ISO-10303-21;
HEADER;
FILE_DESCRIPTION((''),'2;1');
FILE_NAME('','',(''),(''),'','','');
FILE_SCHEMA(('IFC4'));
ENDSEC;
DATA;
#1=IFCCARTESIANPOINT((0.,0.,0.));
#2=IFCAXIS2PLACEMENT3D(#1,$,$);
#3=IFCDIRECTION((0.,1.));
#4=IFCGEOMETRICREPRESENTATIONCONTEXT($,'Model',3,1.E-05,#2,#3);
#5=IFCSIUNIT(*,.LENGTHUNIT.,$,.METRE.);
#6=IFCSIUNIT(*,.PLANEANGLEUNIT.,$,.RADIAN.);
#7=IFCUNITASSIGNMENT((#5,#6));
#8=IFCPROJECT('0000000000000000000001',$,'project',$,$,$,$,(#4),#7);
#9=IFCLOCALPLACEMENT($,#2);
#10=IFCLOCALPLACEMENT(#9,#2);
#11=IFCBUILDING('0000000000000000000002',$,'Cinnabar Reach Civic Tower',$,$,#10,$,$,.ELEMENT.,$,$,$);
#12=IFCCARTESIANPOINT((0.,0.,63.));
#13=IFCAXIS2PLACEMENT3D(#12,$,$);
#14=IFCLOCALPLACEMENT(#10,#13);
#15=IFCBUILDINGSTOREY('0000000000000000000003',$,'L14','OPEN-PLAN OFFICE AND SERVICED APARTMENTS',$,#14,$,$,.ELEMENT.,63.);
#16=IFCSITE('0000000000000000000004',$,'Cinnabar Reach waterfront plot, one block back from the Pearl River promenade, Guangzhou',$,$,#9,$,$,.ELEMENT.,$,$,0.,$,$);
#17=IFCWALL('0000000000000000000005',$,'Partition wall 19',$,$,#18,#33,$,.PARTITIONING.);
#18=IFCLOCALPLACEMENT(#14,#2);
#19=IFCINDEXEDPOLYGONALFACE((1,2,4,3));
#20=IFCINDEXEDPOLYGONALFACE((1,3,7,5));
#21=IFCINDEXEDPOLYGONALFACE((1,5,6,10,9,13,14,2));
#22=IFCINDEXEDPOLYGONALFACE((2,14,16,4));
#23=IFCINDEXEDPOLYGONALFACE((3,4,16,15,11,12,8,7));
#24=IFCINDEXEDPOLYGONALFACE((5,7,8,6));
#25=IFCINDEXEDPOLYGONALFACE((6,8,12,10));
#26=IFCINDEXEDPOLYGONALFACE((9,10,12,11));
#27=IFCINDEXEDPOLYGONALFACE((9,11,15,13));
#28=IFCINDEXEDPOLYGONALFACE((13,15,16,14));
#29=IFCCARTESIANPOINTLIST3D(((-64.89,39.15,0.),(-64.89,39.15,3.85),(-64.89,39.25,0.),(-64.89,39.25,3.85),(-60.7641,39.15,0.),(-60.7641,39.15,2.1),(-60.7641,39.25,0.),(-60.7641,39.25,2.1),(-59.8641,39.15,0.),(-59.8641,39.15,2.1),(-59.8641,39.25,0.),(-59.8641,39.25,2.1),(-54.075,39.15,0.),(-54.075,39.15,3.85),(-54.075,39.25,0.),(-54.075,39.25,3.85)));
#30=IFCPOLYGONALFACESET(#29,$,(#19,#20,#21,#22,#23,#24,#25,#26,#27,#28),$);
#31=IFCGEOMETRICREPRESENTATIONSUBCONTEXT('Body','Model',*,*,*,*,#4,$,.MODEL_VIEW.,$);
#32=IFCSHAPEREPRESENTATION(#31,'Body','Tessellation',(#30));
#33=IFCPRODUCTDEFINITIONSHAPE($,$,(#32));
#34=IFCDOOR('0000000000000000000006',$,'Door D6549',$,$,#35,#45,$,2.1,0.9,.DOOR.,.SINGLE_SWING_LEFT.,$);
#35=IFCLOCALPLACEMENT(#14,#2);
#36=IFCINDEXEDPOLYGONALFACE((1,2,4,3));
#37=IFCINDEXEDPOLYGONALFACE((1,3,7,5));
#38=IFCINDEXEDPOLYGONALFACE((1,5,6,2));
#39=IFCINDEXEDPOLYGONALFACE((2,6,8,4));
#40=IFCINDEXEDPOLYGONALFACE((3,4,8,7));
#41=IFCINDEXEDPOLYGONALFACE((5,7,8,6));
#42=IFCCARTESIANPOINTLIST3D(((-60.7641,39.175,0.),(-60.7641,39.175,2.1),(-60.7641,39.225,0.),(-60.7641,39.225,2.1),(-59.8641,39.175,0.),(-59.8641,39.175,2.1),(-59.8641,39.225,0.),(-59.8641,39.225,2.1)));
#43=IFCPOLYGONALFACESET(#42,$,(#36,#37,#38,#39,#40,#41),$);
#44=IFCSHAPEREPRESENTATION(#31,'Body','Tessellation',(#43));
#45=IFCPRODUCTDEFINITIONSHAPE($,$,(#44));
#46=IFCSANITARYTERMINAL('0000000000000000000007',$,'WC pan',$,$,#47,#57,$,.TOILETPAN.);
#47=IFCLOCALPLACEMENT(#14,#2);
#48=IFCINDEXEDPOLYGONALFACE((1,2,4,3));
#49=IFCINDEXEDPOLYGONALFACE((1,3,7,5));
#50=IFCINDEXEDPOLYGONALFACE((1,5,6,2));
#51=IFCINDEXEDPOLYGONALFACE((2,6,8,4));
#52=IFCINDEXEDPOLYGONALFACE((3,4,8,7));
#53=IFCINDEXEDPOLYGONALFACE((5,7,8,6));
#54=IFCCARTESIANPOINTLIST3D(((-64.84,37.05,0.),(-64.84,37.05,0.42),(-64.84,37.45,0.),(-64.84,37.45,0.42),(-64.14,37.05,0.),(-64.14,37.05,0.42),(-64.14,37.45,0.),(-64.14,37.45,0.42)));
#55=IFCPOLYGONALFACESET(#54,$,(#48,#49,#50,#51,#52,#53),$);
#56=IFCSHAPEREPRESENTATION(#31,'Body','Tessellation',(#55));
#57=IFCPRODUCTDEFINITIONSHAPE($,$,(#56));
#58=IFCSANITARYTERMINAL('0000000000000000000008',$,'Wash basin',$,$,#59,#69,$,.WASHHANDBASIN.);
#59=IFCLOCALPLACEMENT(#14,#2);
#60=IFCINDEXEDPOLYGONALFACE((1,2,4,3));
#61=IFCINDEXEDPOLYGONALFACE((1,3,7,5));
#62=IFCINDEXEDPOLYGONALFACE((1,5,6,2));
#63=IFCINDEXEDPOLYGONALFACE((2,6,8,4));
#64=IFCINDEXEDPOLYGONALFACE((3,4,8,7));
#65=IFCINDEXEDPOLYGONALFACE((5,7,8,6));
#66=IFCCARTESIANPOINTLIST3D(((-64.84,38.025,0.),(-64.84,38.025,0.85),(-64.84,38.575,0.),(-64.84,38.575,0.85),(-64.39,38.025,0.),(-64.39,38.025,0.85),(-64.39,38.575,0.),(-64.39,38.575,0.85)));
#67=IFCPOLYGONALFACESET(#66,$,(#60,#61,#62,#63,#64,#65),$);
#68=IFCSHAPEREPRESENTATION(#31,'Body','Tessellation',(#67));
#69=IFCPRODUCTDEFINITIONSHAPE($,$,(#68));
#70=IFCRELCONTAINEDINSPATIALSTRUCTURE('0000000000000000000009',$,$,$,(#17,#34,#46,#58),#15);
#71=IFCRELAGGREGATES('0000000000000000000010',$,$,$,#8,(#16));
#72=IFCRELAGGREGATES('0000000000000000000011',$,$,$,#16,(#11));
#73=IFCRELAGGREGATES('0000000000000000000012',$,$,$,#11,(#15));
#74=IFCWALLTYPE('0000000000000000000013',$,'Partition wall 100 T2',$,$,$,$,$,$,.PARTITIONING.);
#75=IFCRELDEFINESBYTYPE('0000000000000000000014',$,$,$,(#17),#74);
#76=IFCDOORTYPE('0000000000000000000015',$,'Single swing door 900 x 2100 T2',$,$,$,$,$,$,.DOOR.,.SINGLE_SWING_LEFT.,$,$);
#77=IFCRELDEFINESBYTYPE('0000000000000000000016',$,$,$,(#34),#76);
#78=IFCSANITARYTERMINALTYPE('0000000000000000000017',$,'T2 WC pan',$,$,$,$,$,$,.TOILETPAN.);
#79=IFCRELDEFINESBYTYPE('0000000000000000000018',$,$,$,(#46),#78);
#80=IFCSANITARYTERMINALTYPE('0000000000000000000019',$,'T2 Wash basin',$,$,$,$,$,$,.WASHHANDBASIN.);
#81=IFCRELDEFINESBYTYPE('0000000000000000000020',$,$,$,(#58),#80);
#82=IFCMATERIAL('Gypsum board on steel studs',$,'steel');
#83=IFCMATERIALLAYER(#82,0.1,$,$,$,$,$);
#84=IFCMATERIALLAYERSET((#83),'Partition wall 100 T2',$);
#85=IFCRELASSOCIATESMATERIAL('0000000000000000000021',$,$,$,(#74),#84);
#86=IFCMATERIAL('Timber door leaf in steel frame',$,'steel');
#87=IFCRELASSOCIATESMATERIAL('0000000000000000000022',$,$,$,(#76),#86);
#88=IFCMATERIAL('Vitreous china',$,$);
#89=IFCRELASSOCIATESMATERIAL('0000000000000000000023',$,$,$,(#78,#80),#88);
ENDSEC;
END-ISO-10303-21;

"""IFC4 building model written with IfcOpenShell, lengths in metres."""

from ifc_helpers import new_model, si_unit, direction, frame, frame_2d, origin, origin_2d, place, context, subcontext, project, spatial, rectangle, extrude, material, layer, layer_set, type_object, element, fill, save


model = new_model("IFC4")

# Units and contexts
model_context = context("Model", 3, precision=1e-05, world=origin(), true_north=direction((0.0, 1.0)))
body_context = subcontext(model_context, "Body", "Model", "MODEL_VIEW")
ifc_project = project(units=[si_unit("LENGTHUNIT", "METRE"), si_unit("PLANEANGLEUNIT", "RADIAN")], contexts=[model_context])

# Site, building, storey
site_placement = place(None, origin())
site = spatial("IfcSite", under=ifc_project, at=site_placement, Name="Cinnabar Reach waterfront plot, one block back from the Pearl River promenade, Guangzhou", CompositionType="ELEMENT", RefElevation=0.0)
building_placement = place(site_placement, origin())
building = spatial("IfcBuilding", under=site, at=building_placement, Name="Cinnabar Reach Civic Tower", CompositionType="ELEMENT")
storey_placement = place(building_placement, frame((0.0, 0.0, 63.0)))
storey = spatial("IfcBuildingStorey", under=building, at=storey_placement, Name="L14", Description="OPEN-PLAN OFFICE AND SERVICED APARTMENTS", CompositionType="ELEMENT", Elevation=63.0)

# Wall, opening, door
ifc_material_1 = material(Name="Gypsum board on steel studs", Category="steel")
ifc_layer_1 = layer(ifc_material_1, 0.1)
ifc_layer_set_1 = layer_set([ifc_layer_1], Name="Partition wall 100 T2")
wall_type_1 = type_object("IfcWallType", Name="Partition wall 100 T2", PredefinedType="PARTITIONING", material=ifc_layer_set_1)
wall_1_placement = place(storey_placement, frame((-64.89, 39.2, 0.0), z_axis=(0.0, 0.0, 1.0), x_axis=(1.0, 0.0, 0.0)))
wall_1 = element("IfcWall", 1, at=wall_1_placement, inside=storey, type_object=wall_type_1, Name="Partition wall 19", PredefinedType="PARTITIONING", context=body_context, shape_type="SweptSolid", body=[
    extrude(rectangle(XDim=10.815, YDim=0.1, at=frame_2d((5.4075, 0.0))), origin(), (0.0, 0.0, 1.0), 3.85),
])
opening_1_placement = place(wall_1_placement, frame((4.1259, 0.0, 0.0)))
opening_1 = element("IfcOpeningElement", 2, at=opening_1_placement, cuts=wall_1, PredefinedType="OPENING", context=body_context, shape_type="SweptSolid", body=[
    extrude(rectangle(XDim=0.9, YDim=2.1, at=frame_2d((0.45, 1.05))), frame((0.0, 0.06, 0.0), z_axis=(0.0, -1.0, 0.0), x_axis=(1.0, 0.0, 0.0)), (0.0, 0.0, 1.0), 0.12),
])
ifc_material_2 = material(Name="Timber door leaf in steel frame", Category="steel")
door_type = type_object("IfcDoorType", Name="Single swing door 900 x 2100 T2", OperationType="SINGLE_SWING_LEFT", PredefinedType="DOOR", material=ifc_material_2)
door_placement = place(opening_1_placement, frame((0.9, 0.0, 0.0), z_axis=(0.0, 0.0, 1.0), x_axis=(-1.0, 0.0, 0.0)))
door = element("IfcDoor", 3, at=door_placement, inside=storey, type_object=door_type, Name="Door D6549", OperationType="SINGLE_SWING_LEFT", OverallHeight=2.1, OverallWidth=0.9, PredefinedType="DOOR", context=body_context, shape_type="SweptSolid", body=[
    extrude(rectangle(XDim=0.9, YDim=2.1, at=frame_2d((0.45, 1.05))), frame((0.0, 0.025, 0.0), z_axis=(0.0, -1.0, 0.0), x_axis=(1.0, 0.0, 0.0)), (0.0, 0.0, 1.0), 0.05),
])
fill(opening_1, door)

# Sanitary terminals
ifc_material_3 = material(Name="Vitreous china")
sanitary_terminal_type_1 = type_object("IfcSanitaryTerminalType", Name="T2 WC pan", PredefinedType="TOILETPAN", material=ifc_material_3)
sanitary_terminal_1_placement = place(storey_placement, frame((-64.49, 37.25, 0.0), z_axis=(0.0, 0.0, 1.0), x_axis=(1.0, 0.0, 0.0)))
element("IfcSanitaryTerminal", 4, at=sanitary_terminal_1_placement, inside=storey, type_object=sanitary_terminal_type_1, Name="WC pan", PredefinedType="TOILETPAN", context=body_context, shape_type="SweptSolid", body=[
    extrude(rectangle(XDim=0.7, YDim=0.4, at=origin_2d()), origin(), (0.0, 0.0, 1.0), 0.42),
])
sanitary_terminal_type_2 = type_object("IfcSanitaryTerminalType", Name="T2 Wash basin", PredefinedType="WASHHANDBASIN", material=ifc_material_3)
sanitary_terminal_2_placement = place(storey_placement, frame((-64.615, 38.3, 0.0), z_axis=(0.0, 0.0, 1.0), x_axis=(1.0, 0.0, 0.0)))
element("IfcSanitaryTerminal", 5, at=sanitary_terminal_2_placement, inside=storey, type_object=sanitary_terminal_type_2, Name="Wash basin", PredefinedType="WASHHANDBASIN", context=body_context, shape_type="SweptSolid", body=[
    extrude(rectangle(XDim=0.45, YDim=0.55, at=origin_2d()), origin(), (0.0, 0.0, 1.0), 0.85),
])

save(model, "model.ifc")
